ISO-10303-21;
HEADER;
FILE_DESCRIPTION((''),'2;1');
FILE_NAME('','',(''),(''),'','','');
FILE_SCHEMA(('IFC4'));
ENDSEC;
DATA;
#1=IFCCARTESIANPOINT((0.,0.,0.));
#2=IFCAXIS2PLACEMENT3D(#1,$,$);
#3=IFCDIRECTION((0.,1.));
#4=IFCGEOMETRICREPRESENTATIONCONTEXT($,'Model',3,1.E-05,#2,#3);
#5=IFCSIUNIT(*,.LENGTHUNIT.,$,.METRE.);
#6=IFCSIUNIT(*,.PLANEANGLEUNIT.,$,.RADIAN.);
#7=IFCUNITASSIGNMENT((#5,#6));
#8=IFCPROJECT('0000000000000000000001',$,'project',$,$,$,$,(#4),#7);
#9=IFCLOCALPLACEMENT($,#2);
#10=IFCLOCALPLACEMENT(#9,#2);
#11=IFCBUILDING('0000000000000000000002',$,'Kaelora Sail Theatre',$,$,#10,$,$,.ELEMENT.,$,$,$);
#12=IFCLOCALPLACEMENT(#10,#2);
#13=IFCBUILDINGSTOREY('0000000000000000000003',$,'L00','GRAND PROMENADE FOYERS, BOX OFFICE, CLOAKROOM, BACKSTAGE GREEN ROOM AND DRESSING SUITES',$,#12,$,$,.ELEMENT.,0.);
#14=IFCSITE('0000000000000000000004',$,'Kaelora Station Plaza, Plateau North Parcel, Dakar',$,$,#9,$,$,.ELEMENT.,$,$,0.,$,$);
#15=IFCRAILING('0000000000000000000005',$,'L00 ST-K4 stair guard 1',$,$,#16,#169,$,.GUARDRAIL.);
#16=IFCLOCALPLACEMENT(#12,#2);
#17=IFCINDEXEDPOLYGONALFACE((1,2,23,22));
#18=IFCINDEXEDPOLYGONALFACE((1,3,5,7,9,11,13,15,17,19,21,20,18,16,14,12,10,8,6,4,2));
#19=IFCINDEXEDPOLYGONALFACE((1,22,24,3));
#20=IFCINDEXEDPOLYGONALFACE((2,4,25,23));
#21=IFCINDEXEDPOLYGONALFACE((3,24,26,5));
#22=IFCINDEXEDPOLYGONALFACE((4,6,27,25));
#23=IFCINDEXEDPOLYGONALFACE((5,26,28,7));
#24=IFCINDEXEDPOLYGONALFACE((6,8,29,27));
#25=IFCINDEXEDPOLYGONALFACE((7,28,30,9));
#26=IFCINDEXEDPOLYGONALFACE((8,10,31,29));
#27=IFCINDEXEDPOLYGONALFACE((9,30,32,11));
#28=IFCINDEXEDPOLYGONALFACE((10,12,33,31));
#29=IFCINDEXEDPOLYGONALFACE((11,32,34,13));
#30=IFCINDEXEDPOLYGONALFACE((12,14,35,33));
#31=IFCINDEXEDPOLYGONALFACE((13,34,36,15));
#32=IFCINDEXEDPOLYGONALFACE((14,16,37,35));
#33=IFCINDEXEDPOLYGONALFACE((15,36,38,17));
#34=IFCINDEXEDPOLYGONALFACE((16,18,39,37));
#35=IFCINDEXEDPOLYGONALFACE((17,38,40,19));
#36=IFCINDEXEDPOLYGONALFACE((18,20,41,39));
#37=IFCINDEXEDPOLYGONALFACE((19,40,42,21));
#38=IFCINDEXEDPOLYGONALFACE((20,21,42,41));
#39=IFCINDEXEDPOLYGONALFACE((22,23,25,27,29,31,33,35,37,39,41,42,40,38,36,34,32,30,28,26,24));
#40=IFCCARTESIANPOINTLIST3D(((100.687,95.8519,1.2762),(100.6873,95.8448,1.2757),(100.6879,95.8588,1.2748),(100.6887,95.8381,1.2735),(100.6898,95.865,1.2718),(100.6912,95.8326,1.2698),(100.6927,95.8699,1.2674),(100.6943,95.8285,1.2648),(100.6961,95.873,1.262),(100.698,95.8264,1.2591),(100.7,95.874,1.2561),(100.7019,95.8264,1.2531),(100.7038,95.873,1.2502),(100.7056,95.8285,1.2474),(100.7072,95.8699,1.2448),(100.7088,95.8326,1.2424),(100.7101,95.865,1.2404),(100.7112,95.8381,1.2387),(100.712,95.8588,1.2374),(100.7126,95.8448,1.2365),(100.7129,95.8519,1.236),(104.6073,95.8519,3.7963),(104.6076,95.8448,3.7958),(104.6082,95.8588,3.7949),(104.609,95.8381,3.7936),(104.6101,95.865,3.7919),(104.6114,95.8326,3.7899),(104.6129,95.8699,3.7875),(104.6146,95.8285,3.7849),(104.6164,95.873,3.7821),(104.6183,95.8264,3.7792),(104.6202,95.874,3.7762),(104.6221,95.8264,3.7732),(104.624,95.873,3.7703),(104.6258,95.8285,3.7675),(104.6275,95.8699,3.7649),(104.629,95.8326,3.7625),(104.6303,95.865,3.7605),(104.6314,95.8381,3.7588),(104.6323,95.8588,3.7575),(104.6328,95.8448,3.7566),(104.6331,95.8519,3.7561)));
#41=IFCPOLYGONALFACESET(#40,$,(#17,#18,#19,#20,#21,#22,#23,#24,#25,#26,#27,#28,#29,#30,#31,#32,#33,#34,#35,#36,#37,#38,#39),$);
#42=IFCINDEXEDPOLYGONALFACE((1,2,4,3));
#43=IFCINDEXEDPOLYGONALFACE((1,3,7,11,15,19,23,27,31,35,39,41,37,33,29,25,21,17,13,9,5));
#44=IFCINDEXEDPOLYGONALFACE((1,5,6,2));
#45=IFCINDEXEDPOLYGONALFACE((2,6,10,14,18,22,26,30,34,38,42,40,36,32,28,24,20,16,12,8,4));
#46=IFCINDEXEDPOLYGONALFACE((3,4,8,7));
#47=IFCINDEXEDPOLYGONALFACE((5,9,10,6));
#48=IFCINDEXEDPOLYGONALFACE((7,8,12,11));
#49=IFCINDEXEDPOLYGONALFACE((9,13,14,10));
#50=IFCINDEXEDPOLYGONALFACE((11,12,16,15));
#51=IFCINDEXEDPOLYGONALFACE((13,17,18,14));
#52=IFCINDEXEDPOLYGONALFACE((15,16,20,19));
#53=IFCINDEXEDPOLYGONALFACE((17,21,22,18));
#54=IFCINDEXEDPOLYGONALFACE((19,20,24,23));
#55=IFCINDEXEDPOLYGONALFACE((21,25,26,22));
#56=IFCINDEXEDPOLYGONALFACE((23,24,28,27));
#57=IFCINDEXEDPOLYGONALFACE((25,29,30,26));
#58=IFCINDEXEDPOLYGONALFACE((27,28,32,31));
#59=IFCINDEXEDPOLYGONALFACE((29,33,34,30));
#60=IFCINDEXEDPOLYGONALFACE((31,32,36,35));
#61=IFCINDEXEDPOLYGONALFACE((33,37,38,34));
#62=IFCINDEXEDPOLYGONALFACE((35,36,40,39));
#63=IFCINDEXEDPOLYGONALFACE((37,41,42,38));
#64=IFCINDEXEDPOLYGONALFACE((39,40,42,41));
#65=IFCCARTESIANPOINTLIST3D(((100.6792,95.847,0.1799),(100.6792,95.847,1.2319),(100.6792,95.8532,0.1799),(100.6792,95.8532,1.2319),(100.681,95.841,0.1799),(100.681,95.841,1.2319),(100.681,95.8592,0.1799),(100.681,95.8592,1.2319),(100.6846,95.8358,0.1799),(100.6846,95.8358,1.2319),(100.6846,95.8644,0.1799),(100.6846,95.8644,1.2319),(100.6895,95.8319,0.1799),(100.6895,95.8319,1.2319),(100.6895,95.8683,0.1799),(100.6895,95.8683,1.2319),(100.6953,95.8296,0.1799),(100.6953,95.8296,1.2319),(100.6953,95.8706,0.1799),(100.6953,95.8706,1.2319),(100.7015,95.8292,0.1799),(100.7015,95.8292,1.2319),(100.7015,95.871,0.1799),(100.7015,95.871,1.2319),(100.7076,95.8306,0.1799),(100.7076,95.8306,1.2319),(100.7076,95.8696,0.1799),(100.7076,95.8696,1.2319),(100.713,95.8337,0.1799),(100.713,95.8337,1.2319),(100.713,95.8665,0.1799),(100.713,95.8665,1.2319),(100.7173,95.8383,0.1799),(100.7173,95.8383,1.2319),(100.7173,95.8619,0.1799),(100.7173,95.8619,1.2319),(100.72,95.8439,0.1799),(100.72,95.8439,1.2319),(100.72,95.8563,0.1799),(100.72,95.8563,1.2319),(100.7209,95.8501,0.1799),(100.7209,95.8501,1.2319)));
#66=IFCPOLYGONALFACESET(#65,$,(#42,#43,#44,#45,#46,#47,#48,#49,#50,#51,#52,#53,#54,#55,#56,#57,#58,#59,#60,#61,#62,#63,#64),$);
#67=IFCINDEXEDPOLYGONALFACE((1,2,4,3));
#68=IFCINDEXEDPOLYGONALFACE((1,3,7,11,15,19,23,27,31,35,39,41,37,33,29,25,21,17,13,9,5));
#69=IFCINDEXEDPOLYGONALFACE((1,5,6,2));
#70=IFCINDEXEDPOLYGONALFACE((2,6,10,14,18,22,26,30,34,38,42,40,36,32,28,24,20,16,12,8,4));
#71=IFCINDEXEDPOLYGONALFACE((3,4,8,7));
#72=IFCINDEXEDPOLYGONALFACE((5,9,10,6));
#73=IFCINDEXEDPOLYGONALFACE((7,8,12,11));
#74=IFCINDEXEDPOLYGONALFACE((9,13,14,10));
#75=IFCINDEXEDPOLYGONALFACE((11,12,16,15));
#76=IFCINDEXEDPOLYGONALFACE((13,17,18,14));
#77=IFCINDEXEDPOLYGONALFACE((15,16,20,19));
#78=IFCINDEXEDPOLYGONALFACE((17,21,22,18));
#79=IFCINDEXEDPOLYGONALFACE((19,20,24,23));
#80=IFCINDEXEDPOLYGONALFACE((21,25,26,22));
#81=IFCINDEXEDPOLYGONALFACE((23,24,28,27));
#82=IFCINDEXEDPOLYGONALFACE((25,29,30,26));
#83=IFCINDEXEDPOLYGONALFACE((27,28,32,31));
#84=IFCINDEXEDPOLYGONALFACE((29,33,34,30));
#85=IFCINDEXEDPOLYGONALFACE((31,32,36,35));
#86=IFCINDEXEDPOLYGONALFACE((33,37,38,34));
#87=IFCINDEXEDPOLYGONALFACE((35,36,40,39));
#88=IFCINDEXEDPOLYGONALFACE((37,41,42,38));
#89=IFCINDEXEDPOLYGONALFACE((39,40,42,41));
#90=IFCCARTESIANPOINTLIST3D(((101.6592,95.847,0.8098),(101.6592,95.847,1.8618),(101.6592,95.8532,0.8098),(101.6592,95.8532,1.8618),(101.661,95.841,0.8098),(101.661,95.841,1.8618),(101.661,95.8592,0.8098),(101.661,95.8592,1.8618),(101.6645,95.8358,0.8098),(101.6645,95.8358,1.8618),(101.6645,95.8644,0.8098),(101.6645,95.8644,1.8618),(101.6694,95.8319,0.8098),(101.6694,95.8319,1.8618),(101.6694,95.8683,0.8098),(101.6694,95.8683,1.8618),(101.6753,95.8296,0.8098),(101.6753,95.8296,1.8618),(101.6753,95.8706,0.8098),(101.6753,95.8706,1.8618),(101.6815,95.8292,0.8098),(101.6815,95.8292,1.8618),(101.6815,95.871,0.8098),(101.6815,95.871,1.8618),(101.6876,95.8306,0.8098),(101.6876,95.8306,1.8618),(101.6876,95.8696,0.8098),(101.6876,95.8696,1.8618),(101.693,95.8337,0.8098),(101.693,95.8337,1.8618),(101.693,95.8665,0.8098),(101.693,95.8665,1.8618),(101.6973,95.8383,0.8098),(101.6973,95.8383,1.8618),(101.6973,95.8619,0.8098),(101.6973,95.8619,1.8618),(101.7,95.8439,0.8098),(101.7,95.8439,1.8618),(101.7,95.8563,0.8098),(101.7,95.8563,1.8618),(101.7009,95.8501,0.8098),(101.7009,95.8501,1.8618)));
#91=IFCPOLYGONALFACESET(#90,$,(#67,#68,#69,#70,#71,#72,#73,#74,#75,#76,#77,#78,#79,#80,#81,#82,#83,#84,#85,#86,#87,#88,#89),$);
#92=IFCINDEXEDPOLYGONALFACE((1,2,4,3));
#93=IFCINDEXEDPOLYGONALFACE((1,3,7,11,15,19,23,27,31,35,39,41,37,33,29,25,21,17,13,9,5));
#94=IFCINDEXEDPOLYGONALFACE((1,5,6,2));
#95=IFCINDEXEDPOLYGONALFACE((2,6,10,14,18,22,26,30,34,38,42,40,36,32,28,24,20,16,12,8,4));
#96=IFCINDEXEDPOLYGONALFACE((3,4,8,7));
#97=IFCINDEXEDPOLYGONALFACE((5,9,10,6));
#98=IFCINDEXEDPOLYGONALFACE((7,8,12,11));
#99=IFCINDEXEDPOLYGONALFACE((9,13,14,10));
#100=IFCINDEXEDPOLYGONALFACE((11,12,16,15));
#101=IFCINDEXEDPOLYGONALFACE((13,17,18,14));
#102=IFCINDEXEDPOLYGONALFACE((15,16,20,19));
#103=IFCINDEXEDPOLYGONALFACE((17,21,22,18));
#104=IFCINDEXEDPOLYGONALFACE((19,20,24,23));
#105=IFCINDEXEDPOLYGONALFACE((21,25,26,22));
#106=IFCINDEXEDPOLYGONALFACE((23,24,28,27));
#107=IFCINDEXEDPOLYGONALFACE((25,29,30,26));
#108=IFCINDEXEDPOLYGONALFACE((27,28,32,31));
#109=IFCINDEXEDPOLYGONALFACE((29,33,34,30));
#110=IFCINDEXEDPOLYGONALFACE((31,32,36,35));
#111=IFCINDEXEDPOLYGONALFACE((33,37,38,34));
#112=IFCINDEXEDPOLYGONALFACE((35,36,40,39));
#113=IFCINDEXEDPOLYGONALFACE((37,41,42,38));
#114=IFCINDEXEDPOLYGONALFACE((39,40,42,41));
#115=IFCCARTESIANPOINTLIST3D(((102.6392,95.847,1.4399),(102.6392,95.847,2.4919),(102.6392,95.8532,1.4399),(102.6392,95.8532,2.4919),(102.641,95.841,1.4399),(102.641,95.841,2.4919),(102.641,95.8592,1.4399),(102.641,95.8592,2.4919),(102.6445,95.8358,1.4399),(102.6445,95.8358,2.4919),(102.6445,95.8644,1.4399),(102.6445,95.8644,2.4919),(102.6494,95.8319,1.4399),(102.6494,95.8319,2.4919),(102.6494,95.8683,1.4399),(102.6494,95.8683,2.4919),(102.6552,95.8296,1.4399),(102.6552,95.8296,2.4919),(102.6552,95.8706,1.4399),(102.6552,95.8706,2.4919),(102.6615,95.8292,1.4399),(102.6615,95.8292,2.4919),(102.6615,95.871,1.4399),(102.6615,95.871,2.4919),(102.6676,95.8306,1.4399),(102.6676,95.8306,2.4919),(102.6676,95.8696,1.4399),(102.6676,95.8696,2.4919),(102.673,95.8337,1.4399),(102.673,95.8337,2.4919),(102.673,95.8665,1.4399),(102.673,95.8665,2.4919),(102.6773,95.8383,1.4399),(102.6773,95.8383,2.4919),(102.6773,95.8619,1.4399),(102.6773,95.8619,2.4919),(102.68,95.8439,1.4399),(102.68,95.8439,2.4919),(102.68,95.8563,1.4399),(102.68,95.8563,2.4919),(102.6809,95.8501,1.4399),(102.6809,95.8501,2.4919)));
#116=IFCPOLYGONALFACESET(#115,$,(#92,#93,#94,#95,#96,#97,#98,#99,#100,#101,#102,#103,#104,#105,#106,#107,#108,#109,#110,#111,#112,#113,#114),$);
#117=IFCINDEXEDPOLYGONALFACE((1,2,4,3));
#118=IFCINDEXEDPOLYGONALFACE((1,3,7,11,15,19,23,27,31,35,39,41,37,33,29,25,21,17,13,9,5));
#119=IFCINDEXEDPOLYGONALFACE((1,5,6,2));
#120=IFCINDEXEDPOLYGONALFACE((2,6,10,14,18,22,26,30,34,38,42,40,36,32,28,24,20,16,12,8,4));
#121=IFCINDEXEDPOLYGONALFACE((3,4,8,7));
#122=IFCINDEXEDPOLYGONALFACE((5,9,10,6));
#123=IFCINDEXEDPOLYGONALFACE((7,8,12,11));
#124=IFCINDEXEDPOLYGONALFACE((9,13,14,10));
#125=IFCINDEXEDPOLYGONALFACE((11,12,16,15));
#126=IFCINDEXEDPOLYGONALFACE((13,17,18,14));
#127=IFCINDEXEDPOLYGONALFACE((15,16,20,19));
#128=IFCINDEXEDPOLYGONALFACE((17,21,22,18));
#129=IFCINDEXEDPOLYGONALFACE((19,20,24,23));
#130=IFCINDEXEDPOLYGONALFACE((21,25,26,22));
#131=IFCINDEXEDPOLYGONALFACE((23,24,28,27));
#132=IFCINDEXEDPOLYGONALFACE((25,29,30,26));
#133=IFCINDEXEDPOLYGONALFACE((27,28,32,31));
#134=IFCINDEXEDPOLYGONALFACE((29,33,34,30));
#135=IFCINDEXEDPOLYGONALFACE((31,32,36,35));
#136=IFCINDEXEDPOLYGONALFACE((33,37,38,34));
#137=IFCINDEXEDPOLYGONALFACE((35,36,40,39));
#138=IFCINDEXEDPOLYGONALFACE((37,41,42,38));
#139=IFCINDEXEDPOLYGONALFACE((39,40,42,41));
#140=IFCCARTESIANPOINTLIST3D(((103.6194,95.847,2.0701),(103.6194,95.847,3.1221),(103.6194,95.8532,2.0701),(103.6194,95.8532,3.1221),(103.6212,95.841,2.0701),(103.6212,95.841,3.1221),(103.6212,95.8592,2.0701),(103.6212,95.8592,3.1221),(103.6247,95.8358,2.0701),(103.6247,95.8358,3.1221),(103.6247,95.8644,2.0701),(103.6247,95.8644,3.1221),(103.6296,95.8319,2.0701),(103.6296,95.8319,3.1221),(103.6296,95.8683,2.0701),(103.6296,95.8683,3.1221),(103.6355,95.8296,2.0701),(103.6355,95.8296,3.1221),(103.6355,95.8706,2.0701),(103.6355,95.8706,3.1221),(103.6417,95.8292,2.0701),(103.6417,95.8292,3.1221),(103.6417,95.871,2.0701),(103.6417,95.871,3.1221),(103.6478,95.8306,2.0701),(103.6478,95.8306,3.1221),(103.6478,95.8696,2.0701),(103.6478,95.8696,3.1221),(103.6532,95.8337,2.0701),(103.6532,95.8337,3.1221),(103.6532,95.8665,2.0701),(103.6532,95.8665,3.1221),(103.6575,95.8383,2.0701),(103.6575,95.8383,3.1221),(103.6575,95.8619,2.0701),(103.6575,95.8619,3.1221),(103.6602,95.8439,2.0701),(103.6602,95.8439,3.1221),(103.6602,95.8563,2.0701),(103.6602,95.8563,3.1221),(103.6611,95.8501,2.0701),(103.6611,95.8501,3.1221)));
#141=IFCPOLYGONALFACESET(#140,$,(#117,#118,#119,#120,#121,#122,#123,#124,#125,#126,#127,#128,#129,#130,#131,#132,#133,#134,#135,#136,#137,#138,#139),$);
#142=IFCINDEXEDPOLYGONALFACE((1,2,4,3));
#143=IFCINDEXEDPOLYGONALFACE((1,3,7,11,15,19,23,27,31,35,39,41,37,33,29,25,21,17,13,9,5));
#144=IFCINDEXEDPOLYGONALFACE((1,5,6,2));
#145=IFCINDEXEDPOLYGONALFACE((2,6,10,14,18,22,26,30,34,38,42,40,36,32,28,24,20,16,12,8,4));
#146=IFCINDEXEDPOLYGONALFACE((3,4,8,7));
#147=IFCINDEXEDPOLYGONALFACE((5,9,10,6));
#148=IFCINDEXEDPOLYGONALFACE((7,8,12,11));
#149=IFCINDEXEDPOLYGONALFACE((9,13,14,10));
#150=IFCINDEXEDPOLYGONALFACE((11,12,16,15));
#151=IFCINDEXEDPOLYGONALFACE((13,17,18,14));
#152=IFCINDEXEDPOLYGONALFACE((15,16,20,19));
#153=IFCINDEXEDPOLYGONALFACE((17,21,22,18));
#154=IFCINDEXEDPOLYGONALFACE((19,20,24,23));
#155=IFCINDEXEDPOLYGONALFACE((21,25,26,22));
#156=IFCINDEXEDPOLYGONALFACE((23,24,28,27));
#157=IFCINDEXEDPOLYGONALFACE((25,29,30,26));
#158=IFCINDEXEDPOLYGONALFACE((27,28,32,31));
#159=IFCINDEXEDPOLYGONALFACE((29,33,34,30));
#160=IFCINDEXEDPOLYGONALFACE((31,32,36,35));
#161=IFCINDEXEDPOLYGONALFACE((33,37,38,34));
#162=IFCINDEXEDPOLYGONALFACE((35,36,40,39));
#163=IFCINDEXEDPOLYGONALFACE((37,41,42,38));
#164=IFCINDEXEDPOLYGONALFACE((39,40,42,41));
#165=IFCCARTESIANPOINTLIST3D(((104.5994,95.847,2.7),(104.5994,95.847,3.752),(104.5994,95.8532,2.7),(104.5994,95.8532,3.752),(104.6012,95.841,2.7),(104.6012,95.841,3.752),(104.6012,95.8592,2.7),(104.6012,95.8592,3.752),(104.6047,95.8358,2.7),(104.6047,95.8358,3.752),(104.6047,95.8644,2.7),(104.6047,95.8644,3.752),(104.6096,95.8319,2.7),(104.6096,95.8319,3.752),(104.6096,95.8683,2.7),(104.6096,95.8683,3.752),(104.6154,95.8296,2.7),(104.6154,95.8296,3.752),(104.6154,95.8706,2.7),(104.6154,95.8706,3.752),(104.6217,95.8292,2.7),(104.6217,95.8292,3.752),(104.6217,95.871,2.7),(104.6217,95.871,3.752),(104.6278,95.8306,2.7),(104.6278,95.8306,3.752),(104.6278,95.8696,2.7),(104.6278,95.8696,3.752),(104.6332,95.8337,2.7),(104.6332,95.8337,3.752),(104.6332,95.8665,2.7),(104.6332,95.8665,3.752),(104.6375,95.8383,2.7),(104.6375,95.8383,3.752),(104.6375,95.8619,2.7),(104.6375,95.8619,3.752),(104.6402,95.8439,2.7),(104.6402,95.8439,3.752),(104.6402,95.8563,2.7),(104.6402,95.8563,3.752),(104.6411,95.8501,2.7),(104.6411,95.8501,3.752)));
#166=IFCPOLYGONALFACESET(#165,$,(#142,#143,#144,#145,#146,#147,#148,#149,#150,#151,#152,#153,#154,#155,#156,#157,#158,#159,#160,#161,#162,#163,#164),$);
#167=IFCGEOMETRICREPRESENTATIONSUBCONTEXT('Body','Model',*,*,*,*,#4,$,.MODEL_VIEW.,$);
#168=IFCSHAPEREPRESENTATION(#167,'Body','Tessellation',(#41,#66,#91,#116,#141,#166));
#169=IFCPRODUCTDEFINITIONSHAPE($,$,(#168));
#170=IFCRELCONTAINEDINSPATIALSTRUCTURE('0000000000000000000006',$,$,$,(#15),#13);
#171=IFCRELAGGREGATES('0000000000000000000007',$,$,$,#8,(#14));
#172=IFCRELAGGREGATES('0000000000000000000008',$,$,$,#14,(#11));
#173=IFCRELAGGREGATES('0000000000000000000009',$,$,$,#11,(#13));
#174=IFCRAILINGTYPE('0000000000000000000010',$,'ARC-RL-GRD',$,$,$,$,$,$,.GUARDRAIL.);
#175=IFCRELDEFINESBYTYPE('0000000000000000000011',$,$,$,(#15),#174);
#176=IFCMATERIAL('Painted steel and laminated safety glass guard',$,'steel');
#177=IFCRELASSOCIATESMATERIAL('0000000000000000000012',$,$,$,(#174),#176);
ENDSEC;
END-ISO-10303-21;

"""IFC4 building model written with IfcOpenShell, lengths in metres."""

from ifc_helpers import new_model, si_unit, direction, frame, origin, origin_2d, place, context, subcontext, project, spatial, circle, extrude, material, type_object, element, save


model = new_model("IFC4")

# Units and contexts
model_context = context("Model", 3, precision=1e-05, world=origin(), true_north=direction((0.0, 1.0)))
body_context = subcontext(model_context, "Body", "Model", "MODEL_VIEW")
ifc_project = project(units=[si_unit("LENGTHUNIT", "METRE"), si_unit("PLANEANGLEUNIT", "RADIAN")], contexts=[model_context])

# Site, building, storey
site_placement = place(None, origin())
site = spatial("IfcSite", under=ifc_project, at=site_placement, Name="Kaelora Station Plaza, Plateau North Parcel, Dakar", CompositionType="ELEMENT", RefElevation=0.0)
building_placement = place(site_placement, origin())
building = spatial("IfcBuilding", under=site, at=building_placement, Name="Kaelora Sail Theatre", CompositionType="ELEMENT")
storey_placement = place(building_placement, origin())
storey = spatial("IfcBuildingStorey", under=building, at=storey_placement, Name="L00", Description="GRAND PROMENADE FOYERS, BOX OFFICE, CLOAKROOM, BACKSTAGE GREEN ROOM AND DRESSING SUITES", CompositionType="ELEMENT", Elevation=0.0)

# Railing
ifc_material_1 = material(Name="Painted steel and laminated safety glass guard", Category="steel")
railing_type_1 = type_object("IfcRailingType", Name="ARC-RL-GRD", PredefinedType="GUARDRAIL", material=ifc_material_1)
railing_1_placement = place(storey_placement, frame((100.7, 95.8501, 0.1799)))
element("IfcRailing", 1, at=railing_1_placement, inside=storey, type_object=railing_type_1, Name="L00 ST-K4 stair guard 1", PredefinedType="GUARDRAIL", context=body_context, shape_type="SweptSolid", body=[
    extrude(circle(Radius=0.0239, at=origin_2d()), frame((0.0, 0.0, 1.0762), z_axis=(0.841187, 0.0, 0.540744), x_axis=(0.0, 1.0, 0.0)), (0.0, 0.0, 1.0), 4.6604),
    extrude(circle(Radius=0.021, at=origin_2d()), origin(), (0.0, 0.0, 1.0), 1.052),
    extrude(circle(Radius=0.021, at=origin_2d()), frame((0.98, 0.0, 0.6299)), (0.0, 0.0, 1.0), 1.052),
    extrude(circle(Radius=0.021, at=origin_2d()), frame((1.96, 0.0, 1.26)), (0.0, 0.0, 1.0), 1.052),
    extrude(circle(Radius=0.021, at=origin_2d()), frame((2.9402, 0.0, 1.8901)), (0.0, 0.0, 1.0), 1.052),
    extrude(circle(Radius=0.021, at=origin_2d()), frame((3.9202, 0.0, 2.52)), (0.0, 0.0, 1.0), 1.052),
])

save(model, "model.ifc")
